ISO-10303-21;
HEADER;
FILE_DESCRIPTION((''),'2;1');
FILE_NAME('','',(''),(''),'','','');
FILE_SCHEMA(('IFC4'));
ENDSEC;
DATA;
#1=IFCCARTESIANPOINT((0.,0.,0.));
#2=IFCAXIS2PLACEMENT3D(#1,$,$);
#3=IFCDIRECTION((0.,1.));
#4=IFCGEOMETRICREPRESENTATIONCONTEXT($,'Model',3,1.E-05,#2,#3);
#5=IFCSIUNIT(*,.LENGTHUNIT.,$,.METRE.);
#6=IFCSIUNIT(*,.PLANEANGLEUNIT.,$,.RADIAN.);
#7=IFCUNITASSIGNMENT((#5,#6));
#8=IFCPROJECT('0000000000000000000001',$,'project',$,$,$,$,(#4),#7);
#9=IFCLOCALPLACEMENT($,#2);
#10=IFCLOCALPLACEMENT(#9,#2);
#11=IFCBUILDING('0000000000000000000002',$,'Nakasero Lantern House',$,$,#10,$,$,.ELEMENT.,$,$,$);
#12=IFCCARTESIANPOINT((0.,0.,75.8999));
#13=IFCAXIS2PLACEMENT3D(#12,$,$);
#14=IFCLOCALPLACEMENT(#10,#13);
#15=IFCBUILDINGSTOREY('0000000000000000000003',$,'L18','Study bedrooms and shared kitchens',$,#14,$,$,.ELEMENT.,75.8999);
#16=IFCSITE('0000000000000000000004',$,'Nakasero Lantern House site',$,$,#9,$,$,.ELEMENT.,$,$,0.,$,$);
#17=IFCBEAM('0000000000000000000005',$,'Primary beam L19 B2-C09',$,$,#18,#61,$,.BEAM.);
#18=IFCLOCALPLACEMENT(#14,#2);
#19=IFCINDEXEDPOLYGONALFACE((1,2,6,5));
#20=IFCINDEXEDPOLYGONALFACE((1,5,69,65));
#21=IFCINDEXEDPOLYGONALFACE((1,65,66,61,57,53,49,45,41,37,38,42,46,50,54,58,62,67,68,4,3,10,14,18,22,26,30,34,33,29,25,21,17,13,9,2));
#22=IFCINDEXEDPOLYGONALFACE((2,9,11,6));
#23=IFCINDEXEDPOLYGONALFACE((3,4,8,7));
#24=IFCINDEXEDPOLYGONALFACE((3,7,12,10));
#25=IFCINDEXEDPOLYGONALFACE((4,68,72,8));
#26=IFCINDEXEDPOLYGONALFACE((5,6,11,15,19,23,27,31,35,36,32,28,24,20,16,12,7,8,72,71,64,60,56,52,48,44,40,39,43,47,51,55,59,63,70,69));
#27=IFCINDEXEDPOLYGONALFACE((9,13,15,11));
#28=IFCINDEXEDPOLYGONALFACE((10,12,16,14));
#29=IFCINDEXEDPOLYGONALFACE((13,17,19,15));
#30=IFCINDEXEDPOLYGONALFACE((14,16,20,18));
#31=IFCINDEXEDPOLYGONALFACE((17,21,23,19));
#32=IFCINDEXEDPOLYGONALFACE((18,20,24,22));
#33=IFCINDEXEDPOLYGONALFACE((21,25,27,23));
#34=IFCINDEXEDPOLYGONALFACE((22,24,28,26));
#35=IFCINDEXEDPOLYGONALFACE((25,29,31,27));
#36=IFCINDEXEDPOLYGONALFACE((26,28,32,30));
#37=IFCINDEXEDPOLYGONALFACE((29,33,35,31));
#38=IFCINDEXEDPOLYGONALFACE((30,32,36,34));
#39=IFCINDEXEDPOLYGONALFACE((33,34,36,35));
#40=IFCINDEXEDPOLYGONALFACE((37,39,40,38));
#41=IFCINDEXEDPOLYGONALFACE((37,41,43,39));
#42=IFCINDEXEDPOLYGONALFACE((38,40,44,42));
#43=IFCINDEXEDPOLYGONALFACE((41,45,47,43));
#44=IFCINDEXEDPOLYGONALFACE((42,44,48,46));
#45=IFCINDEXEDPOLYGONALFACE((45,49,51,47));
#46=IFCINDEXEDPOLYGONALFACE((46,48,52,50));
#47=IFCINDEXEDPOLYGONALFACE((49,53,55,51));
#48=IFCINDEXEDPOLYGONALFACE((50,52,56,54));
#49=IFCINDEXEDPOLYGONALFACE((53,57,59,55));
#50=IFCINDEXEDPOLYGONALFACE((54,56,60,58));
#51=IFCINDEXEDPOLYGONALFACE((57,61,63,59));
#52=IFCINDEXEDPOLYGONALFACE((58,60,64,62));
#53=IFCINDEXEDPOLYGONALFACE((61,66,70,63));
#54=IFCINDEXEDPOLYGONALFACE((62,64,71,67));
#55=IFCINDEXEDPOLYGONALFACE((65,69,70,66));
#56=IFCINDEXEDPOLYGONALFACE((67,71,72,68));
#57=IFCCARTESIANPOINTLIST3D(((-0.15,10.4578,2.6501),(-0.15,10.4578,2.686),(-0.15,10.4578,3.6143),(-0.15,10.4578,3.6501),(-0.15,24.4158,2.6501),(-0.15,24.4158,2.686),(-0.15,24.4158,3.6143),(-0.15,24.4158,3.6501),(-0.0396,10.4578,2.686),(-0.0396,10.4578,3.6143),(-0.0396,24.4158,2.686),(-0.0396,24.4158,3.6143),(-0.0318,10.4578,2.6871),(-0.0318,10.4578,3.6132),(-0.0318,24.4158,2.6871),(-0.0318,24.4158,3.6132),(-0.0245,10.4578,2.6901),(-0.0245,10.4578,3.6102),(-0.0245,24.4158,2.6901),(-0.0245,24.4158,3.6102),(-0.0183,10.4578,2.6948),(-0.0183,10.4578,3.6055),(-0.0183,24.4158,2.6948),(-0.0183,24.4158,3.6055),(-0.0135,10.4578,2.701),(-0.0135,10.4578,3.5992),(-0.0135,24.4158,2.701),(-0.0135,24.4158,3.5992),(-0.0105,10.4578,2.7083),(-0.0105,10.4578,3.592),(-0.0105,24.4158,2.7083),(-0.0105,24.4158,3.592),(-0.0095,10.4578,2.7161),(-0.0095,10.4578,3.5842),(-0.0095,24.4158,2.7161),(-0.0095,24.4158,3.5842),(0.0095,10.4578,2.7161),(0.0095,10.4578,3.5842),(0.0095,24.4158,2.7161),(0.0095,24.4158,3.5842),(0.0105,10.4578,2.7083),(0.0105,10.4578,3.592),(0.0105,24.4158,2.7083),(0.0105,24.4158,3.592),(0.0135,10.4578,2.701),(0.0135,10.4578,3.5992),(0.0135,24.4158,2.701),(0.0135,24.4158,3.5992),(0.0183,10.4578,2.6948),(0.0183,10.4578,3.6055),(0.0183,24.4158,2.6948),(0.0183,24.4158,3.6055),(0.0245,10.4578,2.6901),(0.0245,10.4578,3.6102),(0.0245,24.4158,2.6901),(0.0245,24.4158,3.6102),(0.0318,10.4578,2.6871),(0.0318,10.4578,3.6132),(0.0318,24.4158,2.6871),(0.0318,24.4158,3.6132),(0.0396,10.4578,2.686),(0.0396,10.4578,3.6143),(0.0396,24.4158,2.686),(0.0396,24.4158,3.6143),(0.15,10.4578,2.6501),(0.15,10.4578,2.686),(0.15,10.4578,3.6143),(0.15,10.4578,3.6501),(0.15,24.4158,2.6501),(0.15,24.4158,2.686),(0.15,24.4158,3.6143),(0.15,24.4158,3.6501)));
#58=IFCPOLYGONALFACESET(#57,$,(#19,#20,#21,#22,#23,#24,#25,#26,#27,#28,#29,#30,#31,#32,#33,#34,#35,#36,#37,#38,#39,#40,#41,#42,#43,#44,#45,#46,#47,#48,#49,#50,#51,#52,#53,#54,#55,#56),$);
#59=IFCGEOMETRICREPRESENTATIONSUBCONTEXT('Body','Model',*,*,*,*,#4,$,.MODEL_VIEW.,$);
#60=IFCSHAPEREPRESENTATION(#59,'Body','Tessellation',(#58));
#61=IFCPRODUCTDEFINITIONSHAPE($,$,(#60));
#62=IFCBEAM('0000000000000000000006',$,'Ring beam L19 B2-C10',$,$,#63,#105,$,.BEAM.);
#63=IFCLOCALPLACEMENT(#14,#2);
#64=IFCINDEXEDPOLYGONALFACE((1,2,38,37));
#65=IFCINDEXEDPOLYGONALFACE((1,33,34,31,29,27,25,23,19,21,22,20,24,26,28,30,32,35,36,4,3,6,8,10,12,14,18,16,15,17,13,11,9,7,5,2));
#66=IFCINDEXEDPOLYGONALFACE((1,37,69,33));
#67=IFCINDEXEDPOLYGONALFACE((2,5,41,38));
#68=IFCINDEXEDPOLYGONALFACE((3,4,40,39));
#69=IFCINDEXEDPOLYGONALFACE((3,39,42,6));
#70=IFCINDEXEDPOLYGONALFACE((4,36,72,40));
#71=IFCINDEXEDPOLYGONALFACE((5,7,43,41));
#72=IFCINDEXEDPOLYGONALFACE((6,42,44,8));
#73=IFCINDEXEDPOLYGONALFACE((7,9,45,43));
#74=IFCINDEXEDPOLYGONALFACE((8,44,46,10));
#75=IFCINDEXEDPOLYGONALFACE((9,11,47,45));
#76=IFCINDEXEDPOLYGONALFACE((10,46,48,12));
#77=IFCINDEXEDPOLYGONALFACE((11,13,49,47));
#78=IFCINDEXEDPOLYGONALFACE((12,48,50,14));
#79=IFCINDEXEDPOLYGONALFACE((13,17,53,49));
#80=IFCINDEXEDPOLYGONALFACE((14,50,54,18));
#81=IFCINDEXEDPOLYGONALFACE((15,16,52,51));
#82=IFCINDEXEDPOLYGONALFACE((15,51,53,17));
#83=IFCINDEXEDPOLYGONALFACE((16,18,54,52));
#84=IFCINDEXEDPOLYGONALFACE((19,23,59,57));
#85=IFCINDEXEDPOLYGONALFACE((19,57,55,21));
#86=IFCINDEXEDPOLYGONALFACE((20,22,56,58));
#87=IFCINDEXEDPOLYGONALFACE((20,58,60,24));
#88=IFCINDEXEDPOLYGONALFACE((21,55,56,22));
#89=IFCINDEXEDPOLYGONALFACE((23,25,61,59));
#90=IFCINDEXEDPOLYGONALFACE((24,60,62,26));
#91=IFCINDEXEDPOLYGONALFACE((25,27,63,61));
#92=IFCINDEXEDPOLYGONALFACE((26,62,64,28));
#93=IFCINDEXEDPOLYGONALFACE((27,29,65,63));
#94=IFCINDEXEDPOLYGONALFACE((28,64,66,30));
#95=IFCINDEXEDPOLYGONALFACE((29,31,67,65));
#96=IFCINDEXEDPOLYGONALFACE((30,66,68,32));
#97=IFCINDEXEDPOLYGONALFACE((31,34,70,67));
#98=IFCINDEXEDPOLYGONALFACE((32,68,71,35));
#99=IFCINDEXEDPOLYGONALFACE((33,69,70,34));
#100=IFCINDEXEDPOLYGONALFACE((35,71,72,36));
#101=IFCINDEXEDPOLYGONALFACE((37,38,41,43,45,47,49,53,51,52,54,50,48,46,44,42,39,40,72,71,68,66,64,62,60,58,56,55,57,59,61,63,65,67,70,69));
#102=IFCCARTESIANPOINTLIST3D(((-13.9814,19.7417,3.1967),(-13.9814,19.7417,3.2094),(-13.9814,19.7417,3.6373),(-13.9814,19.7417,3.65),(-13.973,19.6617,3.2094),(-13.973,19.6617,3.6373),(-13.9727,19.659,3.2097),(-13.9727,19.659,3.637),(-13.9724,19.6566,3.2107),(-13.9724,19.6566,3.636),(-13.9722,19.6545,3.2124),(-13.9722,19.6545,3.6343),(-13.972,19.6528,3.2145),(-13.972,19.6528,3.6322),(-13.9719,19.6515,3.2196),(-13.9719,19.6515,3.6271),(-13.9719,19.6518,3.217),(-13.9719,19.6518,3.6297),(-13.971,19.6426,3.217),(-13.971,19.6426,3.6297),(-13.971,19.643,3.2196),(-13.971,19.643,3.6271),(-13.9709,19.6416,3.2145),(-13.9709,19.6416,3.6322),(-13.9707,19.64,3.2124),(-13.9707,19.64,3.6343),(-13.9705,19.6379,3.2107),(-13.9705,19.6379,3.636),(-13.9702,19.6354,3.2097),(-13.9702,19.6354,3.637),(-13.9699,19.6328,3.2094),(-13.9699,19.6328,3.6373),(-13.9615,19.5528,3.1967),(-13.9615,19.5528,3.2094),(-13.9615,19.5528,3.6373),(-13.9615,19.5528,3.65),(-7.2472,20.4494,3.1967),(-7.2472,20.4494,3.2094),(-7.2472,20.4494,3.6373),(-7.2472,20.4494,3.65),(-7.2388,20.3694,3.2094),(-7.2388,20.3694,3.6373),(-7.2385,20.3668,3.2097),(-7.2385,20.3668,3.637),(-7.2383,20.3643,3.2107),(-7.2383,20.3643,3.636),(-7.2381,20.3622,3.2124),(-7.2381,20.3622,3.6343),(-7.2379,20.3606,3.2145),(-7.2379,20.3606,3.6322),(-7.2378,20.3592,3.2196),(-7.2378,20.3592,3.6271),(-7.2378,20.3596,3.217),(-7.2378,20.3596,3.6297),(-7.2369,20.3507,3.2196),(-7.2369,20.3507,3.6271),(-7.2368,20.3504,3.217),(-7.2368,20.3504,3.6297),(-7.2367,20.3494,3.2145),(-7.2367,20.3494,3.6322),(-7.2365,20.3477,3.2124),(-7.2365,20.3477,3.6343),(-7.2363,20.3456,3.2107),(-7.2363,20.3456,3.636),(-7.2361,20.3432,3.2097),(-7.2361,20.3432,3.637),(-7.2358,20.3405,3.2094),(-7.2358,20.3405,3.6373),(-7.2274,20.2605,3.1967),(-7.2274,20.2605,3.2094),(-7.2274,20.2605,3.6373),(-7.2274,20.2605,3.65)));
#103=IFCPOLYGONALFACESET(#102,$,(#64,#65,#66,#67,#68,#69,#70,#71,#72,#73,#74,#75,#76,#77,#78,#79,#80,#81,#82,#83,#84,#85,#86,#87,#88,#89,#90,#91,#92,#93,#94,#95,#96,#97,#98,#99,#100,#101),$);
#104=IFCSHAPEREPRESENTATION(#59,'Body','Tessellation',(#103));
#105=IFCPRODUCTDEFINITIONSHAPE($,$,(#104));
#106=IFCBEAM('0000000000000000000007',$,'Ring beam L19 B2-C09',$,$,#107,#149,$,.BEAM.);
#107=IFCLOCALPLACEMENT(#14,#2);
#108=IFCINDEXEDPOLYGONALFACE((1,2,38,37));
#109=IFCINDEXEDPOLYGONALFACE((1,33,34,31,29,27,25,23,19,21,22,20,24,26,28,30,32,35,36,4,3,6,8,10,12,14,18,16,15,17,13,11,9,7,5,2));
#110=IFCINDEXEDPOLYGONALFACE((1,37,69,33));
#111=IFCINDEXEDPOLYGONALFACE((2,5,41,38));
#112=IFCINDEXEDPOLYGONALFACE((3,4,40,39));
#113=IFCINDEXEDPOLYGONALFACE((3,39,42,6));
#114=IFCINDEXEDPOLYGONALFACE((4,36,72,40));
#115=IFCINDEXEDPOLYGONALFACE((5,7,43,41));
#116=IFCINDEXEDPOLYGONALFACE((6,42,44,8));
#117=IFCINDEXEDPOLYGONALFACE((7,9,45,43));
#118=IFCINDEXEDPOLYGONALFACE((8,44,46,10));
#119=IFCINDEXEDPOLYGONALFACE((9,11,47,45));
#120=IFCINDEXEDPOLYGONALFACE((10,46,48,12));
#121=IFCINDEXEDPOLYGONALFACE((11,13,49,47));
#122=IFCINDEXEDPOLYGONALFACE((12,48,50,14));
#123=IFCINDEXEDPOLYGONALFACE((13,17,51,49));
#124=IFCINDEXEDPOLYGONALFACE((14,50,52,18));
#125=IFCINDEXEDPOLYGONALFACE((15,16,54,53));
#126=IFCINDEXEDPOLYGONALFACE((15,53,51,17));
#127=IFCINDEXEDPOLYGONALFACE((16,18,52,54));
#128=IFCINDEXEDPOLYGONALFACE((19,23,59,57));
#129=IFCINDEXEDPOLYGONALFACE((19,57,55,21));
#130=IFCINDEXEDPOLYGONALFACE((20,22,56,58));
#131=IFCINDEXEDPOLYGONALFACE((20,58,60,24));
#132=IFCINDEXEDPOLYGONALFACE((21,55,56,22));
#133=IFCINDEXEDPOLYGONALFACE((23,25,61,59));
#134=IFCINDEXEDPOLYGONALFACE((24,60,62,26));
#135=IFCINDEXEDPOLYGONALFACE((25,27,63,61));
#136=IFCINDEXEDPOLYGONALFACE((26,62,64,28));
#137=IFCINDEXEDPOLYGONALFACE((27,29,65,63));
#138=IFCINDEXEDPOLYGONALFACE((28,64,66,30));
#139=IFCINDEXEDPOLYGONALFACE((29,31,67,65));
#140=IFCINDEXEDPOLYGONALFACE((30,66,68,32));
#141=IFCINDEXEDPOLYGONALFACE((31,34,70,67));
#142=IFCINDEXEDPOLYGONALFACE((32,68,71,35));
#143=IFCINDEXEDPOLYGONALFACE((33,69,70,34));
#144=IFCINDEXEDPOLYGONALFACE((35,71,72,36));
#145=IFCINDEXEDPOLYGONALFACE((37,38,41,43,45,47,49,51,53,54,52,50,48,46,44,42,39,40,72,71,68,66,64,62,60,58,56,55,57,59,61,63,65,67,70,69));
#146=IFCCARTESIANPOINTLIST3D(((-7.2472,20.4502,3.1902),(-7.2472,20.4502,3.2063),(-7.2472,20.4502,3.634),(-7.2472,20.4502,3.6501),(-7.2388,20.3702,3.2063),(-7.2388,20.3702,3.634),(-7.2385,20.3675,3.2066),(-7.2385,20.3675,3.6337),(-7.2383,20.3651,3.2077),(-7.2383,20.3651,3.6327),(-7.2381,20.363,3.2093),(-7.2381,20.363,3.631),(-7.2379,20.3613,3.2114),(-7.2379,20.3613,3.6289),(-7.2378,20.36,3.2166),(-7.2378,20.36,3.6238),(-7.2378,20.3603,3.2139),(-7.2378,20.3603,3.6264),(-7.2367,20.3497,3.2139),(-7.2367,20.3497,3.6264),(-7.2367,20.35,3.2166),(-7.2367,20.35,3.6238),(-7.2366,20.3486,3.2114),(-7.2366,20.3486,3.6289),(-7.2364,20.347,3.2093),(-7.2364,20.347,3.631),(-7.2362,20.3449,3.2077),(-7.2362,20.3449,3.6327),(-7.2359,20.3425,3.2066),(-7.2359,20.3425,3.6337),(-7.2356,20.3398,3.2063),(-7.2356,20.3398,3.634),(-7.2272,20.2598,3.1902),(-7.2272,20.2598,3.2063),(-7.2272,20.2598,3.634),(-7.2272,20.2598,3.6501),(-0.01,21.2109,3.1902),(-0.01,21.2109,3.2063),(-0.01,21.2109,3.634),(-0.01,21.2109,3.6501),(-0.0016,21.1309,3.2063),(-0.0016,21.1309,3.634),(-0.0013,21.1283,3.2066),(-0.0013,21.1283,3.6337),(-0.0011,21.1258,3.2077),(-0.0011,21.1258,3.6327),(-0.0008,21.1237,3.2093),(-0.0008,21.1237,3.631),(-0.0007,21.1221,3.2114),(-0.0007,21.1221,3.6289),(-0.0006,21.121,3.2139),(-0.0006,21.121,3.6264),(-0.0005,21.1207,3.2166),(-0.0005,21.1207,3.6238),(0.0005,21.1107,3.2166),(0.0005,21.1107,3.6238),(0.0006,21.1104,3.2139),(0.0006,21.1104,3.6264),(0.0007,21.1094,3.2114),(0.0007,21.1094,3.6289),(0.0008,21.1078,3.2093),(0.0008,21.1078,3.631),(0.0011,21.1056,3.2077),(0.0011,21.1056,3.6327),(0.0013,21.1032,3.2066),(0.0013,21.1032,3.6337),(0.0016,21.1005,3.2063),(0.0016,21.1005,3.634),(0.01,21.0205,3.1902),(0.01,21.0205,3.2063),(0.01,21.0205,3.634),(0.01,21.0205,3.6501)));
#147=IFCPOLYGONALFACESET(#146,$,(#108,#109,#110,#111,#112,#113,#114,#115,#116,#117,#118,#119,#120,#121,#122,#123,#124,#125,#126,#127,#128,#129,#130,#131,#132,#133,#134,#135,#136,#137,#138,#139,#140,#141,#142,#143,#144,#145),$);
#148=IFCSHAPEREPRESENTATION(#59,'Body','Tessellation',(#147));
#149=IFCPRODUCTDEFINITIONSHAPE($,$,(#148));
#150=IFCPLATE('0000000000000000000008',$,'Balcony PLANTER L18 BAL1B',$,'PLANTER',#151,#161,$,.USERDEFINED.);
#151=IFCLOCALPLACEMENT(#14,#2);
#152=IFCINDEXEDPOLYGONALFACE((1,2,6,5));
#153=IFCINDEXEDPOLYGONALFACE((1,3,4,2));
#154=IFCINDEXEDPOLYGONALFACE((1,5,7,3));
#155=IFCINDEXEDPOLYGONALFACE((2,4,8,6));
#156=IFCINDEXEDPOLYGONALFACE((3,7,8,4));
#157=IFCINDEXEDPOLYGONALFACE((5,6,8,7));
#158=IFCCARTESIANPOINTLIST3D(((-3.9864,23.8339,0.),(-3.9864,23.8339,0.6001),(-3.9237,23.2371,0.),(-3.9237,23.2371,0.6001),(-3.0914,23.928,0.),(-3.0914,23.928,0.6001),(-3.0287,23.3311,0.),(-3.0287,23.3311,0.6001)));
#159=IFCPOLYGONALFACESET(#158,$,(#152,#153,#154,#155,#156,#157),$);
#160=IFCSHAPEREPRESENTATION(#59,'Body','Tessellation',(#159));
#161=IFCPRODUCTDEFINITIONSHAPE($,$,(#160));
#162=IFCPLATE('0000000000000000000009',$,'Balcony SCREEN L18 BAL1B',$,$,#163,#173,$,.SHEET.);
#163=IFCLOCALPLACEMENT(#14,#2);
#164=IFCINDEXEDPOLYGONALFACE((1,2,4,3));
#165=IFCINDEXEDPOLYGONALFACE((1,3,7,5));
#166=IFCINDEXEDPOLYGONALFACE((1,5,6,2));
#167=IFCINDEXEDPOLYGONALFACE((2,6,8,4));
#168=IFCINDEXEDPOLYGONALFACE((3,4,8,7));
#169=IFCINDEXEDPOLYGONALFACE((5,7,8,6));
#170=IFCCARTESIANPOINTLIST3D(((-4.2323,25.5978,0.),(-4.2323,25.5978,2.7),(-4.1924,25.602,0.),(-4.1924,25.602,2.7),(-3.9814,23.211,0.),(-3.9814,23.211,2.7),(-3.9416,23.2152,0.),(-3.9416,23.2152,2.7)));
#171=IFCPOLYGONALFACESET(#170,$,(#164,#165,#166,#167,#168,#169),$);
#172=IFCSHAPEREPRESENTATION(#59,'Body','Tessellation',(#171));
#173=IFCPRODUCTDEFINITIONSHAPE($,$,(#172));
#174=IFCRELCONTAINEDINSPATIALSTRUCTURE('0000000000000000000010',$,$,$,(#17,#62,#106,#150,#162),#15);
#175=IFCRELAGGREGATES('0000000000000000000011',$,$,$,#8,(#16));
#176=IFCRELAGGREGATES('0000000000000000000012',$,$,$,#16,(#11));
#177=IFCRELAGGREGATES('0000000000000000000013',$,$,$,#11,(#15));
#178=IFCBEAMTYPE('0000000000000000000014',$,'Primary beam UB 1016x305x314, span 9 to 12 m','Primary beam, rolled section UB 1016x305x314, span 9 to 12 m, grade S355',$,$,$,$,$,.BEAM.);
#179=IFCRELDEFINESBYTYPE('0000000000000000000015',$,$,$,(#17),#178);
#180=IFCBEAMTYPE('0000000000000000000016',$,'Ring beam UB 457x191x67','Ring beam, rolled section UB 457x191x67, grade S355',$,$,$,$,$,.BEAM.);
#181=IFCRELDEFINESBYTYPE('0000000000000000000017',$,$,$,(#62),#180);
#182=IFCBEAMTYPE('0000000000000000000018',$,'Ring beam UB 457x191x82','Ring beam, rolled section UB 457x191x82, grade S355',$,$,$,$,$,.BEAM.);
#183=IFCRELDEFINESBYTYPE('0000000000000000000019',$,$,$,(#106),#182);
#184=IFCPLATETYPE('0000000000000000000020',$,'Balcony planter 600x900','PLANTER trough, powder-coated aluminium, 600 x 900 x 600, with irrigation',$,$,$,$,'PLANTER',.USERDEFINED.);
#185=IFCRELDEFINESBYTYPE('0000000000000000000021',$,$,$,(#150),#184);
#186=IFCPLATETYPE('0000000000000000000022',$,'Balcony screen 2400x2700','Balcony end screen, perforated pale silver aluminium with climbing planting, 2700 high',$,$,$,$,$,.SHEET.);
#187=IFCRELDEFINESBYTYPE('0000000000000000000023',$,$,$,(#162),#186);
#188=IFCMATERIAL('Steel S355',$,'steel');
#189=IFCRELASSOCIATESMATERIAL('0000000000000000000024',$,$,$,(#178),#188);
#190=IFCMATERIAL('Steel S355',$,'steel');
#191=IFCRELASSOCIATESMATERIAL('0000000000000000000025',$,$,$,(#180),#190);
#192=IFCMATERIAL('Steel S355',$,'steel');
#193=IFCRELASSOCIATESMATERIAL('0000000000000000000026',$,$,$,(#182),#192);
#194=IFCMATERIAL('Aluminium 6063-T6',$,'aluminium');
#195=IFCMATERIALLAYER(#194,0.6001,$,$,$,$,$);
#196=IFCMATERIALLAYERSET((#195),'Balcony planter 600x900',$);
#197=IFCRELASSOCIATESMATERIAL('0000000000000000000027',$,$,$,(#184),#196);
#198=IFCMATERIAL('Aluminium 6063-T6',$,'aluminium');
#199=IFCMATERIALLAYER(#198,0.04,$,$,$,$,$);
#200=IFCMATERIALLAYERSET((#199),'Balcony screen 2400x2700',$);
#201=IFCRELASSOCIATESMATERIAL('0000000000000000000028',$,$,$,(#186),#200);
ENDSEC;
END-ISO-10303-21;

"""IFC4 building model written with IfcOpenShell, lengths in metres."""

from ifc_helpers import new_model, si_unit, direction, frame, origin, origin_2d, place, context, subcontext, project, spatial, rectangle, i_section, extrude, material, layer, layer_set, material_profile, profile_set, type_object, element, save


model = new_model("IFC4")

# Units and contexts
model_context = context("Model", 3, precision=1e-05, world=origin(), true_north=direction((0.0, 1.0)))
body_context = subcontext(model_context, "Body", "Model", "MODEL_VIEW")
ifc_project = project(units=[si_unit("LENGTHUNIT", "METRE"), si_unit("PLANEANGLEUNIT", "RADIAN")], contexts=[model_context])

# Site, building, storey
site_placement = place(None, origin())
site = spatial("IfcSite", under=ifc_project, at=site_placement, Name="Nakasero Lantern House site", CompositionType="ELEMENT", RefElevation=0.0)
building_placement = place(site_placement, origin())
building = spatial("IfcBuilding", under=site, at=building_placement, Name="Nakasero Lantern House", CompositionType="ELEMENT")
storey_placement = place(building_placement, frame((0.0, 0.0, 75.8999)))
storey = spatial("IfcBuildingStorey", under=building, at=storey_placement, Name="L18", Description="Study bedrooms and shared kitchens", CompositionType="ELEMENT", Elevation=75.8999)

# Beams
ifc_material_1 = material(Name="Steel S355", Category="steel")
ifc_material_profile_1 = material_profile(ifc_material_1, i_section(OverallWidth=0.3, OverallDepth=1.0, WebThickness=0.019, FlangeThickness=0.0359, FilletRadius=0.03, at=origin_2d()), Name="UB 1016x305x314")
ifc_profile_set_1 = profile_set([ifc_material_profile_1], Name="Steel S355")
beam_type_1 = type_object("IfcBeamType", Name="Primary beam UB 1016x305x314, span 9 to 12 m", Description="Primary beam, rolled section UB 1016x305x314, span 9 to 12 m, grade S355", PredefinedType="BEAM", material=ifc_profile_set_1)
beam_1_placement = place(storey_placement, frame((0.0, 24.4158, 3.1501), z_axis=(0.0, -1.0, 0.0), x_axis=(1.0, 0.0, 0.0)))
element("IfcBeam", 1, at=beam_1_placement, inside=storey, type_object=beam_type_1, Name="Primary beam L19 B2-C09", PredefinedType="BEAM", context=body_context, shape_type="SweptSolid", body=[
    extrude(i_section(OverallWidth=0.3, OverallDepth=1.0, WebThickness=0.019, FlangeThickness=0.0359, FilletRadius=0.03, at=origin_2d()), origin(), (0.0, 0.0, 1.0), 13.958),
])
ifc_material_2 = material(Name="Steel S355", Category="steel")
ifc_material_profile_2 = material_profile(ifc_material_2, i_section(OverallWidth=0.1899, OverallDepth=0.4534, WebThickness=0.0085, FlangeThickness=0.0127, FilletRadius=0.0103, at=origin_2d()), Name="UB 457x191x67")
ifc_profile_set_2 = profile_set([ifc_material_profile_2], Name="Steel S355")
beam_type_2 = type_object("IfcBeamType", Name="Ring beam UB 457x191x67", Description="Ring beam, rolled section UB 457x191x67, grade S355", PredefinedType="BEAM", material=ifc_profile_set_2)
beam_2_placement = place(storey_placement, frame((-7.2373, 20.355, 3.4233), z_axis=(-0.994522, -0.104525, 0.0), x_axis=(0.104525, -0.994522, 0.0)))
element("IfcBeam", 2, at=beam_2_placement, inside=storey, type_object=beam_type_2, Name="Ring beam L19 B2-C10", PredefinedType="BEAM", context=body_context, shape_type="SweptSolid", body=[
    extrude(i_section(OverallWidth=0.1899, OverallDepth=0.4534, WebThickness=0.0085, FlangeThickness=0.0127, FilletRadius=0.0103, at=origin_2d()), origin(), (0.0, 0.0, 1.0), 6.7712),
])
ifc_material_3 = material(Name="Steel S355", Category="steel")
ifc_material_profile_3 = material_profile(ifc_material_3, i_section(OverallWidth=0.1914, OverallDepth=0.46, WebThickness=0.01, FlangeThickness=0.0161, FilletRadius=0.0103, at=origin_2d()), Name="UB 457x191x82")
ifc_profile_set_3 = profile_set([ifc_material_profile_3], Name="Steel S355")
beam_type_3 = type_object("IfcBeamType", Name="Ring beam UB 457x191x82", Description="Ring beam, rolled section UB 457x191x82, grade S355", PredefinedType="BEAM", material=ifc_profile_set_3)
beam_3_placement = place(storey_placement, frame((0.0, 21.1157, 3.4202), z_axis=(-0.994521, -0.104538, 0.0), x_axis=(0.104538, -0.994521, 0.0)))
element("IfcBeam", 3, at=beam_3_placement, inside=storey, type_object=beam_type_3, Name="Ring beam L19 B2-C09", PredefinedType="BEAM", context=body_context, shape_type="SweptSolid", body=[
    extrude(i_section(OverallWidth=0.1914, OverallDepth=0.46, WebThickness=0.01, FlangeThickness=0.0161, FilletRadius=0.0103, at=origin_2d()), origin(), (0.0, 0.0, 1.0), 7.2771),
])

# Plates
ifc_material_4 = material(Name="Aluminium 6063-T6", Category="aluminium")
ifc_layer_1 = layer(ifc_material_4, 0.6001)
ifc_layer_set_1 = layer_set([ifc_layer_1], Name="Balcony planter 600x900")
plate_type_1 = type_object("IfcPlateType", Name="Balcony planter 600x900", Description="PLANTER trough, powder-coated aluminium, 600 x 900 x 600, with irrigation", ElementType="PLANTER", PredefinedType="USERDEFINED", material=ifc_layer_set_1)
plate_1_placement = place(storey_placement, frame((-3.5076, 23.5825, 0.0), z_axis=(0.0, 0.0, 1.0), x_axis=(-0.104528, 0.994522, 0.0)))
element("IfcPlate", 4, at=plate_1_placement, inside=storey, type_object=plate_type_1, Name="Balcony PLANTER L18 BAL1B", ObjectType="PLANTER", PredefinedType="USERDEFINED", context=body_context, shape_type="SweptSolid", body=[
    extrude(rectangle(XDim=0.6001, YDim=0.8999, at=origin_2d()), origin(), (0.0, 0.0, 1.0), 0.6001),
])
ifc_material_5 = material(Name="Aluminium 6063-T6", Category="aluminium")
ifc_layer_2 = layer(ifc_material_5, 0.04)
ifc_layer_set_2 = layer_set([ifc_layer_2], Name="Balcony screen 2400x2700")
plate_type_2 = type_object("IfcPlateType", Name="Balcony screen 2400x2700", Description="Balcony end screen, perforated pale silver aluminium with climbing planting, 2700 high", PredefinedType="SHEET", material=ifc_layer_set_2)
plate_2_placement = place(storey_placement, frame((-4.0869, 24.4065, 0.0), z_axis=(0.0, 0.0, 1.0), x_axis=(-0.104528, 0.994522, 0.0)))
element("IfcPlate", 5, at=plate_2_placement, inside=storey, type_object=plate_type_2, Name="Balcony SCREEN L18 BAL1B", PredefinedType="SHEET", context=body_context, shape_type="SweptSolid", body=[
    extrude(rectangle(XDim=2.3999, YDim=0.04, at=origin_2d()), origin(), (0.0, 0.0, 1.0), 2.7),
])

save(model, "model.ifc")
